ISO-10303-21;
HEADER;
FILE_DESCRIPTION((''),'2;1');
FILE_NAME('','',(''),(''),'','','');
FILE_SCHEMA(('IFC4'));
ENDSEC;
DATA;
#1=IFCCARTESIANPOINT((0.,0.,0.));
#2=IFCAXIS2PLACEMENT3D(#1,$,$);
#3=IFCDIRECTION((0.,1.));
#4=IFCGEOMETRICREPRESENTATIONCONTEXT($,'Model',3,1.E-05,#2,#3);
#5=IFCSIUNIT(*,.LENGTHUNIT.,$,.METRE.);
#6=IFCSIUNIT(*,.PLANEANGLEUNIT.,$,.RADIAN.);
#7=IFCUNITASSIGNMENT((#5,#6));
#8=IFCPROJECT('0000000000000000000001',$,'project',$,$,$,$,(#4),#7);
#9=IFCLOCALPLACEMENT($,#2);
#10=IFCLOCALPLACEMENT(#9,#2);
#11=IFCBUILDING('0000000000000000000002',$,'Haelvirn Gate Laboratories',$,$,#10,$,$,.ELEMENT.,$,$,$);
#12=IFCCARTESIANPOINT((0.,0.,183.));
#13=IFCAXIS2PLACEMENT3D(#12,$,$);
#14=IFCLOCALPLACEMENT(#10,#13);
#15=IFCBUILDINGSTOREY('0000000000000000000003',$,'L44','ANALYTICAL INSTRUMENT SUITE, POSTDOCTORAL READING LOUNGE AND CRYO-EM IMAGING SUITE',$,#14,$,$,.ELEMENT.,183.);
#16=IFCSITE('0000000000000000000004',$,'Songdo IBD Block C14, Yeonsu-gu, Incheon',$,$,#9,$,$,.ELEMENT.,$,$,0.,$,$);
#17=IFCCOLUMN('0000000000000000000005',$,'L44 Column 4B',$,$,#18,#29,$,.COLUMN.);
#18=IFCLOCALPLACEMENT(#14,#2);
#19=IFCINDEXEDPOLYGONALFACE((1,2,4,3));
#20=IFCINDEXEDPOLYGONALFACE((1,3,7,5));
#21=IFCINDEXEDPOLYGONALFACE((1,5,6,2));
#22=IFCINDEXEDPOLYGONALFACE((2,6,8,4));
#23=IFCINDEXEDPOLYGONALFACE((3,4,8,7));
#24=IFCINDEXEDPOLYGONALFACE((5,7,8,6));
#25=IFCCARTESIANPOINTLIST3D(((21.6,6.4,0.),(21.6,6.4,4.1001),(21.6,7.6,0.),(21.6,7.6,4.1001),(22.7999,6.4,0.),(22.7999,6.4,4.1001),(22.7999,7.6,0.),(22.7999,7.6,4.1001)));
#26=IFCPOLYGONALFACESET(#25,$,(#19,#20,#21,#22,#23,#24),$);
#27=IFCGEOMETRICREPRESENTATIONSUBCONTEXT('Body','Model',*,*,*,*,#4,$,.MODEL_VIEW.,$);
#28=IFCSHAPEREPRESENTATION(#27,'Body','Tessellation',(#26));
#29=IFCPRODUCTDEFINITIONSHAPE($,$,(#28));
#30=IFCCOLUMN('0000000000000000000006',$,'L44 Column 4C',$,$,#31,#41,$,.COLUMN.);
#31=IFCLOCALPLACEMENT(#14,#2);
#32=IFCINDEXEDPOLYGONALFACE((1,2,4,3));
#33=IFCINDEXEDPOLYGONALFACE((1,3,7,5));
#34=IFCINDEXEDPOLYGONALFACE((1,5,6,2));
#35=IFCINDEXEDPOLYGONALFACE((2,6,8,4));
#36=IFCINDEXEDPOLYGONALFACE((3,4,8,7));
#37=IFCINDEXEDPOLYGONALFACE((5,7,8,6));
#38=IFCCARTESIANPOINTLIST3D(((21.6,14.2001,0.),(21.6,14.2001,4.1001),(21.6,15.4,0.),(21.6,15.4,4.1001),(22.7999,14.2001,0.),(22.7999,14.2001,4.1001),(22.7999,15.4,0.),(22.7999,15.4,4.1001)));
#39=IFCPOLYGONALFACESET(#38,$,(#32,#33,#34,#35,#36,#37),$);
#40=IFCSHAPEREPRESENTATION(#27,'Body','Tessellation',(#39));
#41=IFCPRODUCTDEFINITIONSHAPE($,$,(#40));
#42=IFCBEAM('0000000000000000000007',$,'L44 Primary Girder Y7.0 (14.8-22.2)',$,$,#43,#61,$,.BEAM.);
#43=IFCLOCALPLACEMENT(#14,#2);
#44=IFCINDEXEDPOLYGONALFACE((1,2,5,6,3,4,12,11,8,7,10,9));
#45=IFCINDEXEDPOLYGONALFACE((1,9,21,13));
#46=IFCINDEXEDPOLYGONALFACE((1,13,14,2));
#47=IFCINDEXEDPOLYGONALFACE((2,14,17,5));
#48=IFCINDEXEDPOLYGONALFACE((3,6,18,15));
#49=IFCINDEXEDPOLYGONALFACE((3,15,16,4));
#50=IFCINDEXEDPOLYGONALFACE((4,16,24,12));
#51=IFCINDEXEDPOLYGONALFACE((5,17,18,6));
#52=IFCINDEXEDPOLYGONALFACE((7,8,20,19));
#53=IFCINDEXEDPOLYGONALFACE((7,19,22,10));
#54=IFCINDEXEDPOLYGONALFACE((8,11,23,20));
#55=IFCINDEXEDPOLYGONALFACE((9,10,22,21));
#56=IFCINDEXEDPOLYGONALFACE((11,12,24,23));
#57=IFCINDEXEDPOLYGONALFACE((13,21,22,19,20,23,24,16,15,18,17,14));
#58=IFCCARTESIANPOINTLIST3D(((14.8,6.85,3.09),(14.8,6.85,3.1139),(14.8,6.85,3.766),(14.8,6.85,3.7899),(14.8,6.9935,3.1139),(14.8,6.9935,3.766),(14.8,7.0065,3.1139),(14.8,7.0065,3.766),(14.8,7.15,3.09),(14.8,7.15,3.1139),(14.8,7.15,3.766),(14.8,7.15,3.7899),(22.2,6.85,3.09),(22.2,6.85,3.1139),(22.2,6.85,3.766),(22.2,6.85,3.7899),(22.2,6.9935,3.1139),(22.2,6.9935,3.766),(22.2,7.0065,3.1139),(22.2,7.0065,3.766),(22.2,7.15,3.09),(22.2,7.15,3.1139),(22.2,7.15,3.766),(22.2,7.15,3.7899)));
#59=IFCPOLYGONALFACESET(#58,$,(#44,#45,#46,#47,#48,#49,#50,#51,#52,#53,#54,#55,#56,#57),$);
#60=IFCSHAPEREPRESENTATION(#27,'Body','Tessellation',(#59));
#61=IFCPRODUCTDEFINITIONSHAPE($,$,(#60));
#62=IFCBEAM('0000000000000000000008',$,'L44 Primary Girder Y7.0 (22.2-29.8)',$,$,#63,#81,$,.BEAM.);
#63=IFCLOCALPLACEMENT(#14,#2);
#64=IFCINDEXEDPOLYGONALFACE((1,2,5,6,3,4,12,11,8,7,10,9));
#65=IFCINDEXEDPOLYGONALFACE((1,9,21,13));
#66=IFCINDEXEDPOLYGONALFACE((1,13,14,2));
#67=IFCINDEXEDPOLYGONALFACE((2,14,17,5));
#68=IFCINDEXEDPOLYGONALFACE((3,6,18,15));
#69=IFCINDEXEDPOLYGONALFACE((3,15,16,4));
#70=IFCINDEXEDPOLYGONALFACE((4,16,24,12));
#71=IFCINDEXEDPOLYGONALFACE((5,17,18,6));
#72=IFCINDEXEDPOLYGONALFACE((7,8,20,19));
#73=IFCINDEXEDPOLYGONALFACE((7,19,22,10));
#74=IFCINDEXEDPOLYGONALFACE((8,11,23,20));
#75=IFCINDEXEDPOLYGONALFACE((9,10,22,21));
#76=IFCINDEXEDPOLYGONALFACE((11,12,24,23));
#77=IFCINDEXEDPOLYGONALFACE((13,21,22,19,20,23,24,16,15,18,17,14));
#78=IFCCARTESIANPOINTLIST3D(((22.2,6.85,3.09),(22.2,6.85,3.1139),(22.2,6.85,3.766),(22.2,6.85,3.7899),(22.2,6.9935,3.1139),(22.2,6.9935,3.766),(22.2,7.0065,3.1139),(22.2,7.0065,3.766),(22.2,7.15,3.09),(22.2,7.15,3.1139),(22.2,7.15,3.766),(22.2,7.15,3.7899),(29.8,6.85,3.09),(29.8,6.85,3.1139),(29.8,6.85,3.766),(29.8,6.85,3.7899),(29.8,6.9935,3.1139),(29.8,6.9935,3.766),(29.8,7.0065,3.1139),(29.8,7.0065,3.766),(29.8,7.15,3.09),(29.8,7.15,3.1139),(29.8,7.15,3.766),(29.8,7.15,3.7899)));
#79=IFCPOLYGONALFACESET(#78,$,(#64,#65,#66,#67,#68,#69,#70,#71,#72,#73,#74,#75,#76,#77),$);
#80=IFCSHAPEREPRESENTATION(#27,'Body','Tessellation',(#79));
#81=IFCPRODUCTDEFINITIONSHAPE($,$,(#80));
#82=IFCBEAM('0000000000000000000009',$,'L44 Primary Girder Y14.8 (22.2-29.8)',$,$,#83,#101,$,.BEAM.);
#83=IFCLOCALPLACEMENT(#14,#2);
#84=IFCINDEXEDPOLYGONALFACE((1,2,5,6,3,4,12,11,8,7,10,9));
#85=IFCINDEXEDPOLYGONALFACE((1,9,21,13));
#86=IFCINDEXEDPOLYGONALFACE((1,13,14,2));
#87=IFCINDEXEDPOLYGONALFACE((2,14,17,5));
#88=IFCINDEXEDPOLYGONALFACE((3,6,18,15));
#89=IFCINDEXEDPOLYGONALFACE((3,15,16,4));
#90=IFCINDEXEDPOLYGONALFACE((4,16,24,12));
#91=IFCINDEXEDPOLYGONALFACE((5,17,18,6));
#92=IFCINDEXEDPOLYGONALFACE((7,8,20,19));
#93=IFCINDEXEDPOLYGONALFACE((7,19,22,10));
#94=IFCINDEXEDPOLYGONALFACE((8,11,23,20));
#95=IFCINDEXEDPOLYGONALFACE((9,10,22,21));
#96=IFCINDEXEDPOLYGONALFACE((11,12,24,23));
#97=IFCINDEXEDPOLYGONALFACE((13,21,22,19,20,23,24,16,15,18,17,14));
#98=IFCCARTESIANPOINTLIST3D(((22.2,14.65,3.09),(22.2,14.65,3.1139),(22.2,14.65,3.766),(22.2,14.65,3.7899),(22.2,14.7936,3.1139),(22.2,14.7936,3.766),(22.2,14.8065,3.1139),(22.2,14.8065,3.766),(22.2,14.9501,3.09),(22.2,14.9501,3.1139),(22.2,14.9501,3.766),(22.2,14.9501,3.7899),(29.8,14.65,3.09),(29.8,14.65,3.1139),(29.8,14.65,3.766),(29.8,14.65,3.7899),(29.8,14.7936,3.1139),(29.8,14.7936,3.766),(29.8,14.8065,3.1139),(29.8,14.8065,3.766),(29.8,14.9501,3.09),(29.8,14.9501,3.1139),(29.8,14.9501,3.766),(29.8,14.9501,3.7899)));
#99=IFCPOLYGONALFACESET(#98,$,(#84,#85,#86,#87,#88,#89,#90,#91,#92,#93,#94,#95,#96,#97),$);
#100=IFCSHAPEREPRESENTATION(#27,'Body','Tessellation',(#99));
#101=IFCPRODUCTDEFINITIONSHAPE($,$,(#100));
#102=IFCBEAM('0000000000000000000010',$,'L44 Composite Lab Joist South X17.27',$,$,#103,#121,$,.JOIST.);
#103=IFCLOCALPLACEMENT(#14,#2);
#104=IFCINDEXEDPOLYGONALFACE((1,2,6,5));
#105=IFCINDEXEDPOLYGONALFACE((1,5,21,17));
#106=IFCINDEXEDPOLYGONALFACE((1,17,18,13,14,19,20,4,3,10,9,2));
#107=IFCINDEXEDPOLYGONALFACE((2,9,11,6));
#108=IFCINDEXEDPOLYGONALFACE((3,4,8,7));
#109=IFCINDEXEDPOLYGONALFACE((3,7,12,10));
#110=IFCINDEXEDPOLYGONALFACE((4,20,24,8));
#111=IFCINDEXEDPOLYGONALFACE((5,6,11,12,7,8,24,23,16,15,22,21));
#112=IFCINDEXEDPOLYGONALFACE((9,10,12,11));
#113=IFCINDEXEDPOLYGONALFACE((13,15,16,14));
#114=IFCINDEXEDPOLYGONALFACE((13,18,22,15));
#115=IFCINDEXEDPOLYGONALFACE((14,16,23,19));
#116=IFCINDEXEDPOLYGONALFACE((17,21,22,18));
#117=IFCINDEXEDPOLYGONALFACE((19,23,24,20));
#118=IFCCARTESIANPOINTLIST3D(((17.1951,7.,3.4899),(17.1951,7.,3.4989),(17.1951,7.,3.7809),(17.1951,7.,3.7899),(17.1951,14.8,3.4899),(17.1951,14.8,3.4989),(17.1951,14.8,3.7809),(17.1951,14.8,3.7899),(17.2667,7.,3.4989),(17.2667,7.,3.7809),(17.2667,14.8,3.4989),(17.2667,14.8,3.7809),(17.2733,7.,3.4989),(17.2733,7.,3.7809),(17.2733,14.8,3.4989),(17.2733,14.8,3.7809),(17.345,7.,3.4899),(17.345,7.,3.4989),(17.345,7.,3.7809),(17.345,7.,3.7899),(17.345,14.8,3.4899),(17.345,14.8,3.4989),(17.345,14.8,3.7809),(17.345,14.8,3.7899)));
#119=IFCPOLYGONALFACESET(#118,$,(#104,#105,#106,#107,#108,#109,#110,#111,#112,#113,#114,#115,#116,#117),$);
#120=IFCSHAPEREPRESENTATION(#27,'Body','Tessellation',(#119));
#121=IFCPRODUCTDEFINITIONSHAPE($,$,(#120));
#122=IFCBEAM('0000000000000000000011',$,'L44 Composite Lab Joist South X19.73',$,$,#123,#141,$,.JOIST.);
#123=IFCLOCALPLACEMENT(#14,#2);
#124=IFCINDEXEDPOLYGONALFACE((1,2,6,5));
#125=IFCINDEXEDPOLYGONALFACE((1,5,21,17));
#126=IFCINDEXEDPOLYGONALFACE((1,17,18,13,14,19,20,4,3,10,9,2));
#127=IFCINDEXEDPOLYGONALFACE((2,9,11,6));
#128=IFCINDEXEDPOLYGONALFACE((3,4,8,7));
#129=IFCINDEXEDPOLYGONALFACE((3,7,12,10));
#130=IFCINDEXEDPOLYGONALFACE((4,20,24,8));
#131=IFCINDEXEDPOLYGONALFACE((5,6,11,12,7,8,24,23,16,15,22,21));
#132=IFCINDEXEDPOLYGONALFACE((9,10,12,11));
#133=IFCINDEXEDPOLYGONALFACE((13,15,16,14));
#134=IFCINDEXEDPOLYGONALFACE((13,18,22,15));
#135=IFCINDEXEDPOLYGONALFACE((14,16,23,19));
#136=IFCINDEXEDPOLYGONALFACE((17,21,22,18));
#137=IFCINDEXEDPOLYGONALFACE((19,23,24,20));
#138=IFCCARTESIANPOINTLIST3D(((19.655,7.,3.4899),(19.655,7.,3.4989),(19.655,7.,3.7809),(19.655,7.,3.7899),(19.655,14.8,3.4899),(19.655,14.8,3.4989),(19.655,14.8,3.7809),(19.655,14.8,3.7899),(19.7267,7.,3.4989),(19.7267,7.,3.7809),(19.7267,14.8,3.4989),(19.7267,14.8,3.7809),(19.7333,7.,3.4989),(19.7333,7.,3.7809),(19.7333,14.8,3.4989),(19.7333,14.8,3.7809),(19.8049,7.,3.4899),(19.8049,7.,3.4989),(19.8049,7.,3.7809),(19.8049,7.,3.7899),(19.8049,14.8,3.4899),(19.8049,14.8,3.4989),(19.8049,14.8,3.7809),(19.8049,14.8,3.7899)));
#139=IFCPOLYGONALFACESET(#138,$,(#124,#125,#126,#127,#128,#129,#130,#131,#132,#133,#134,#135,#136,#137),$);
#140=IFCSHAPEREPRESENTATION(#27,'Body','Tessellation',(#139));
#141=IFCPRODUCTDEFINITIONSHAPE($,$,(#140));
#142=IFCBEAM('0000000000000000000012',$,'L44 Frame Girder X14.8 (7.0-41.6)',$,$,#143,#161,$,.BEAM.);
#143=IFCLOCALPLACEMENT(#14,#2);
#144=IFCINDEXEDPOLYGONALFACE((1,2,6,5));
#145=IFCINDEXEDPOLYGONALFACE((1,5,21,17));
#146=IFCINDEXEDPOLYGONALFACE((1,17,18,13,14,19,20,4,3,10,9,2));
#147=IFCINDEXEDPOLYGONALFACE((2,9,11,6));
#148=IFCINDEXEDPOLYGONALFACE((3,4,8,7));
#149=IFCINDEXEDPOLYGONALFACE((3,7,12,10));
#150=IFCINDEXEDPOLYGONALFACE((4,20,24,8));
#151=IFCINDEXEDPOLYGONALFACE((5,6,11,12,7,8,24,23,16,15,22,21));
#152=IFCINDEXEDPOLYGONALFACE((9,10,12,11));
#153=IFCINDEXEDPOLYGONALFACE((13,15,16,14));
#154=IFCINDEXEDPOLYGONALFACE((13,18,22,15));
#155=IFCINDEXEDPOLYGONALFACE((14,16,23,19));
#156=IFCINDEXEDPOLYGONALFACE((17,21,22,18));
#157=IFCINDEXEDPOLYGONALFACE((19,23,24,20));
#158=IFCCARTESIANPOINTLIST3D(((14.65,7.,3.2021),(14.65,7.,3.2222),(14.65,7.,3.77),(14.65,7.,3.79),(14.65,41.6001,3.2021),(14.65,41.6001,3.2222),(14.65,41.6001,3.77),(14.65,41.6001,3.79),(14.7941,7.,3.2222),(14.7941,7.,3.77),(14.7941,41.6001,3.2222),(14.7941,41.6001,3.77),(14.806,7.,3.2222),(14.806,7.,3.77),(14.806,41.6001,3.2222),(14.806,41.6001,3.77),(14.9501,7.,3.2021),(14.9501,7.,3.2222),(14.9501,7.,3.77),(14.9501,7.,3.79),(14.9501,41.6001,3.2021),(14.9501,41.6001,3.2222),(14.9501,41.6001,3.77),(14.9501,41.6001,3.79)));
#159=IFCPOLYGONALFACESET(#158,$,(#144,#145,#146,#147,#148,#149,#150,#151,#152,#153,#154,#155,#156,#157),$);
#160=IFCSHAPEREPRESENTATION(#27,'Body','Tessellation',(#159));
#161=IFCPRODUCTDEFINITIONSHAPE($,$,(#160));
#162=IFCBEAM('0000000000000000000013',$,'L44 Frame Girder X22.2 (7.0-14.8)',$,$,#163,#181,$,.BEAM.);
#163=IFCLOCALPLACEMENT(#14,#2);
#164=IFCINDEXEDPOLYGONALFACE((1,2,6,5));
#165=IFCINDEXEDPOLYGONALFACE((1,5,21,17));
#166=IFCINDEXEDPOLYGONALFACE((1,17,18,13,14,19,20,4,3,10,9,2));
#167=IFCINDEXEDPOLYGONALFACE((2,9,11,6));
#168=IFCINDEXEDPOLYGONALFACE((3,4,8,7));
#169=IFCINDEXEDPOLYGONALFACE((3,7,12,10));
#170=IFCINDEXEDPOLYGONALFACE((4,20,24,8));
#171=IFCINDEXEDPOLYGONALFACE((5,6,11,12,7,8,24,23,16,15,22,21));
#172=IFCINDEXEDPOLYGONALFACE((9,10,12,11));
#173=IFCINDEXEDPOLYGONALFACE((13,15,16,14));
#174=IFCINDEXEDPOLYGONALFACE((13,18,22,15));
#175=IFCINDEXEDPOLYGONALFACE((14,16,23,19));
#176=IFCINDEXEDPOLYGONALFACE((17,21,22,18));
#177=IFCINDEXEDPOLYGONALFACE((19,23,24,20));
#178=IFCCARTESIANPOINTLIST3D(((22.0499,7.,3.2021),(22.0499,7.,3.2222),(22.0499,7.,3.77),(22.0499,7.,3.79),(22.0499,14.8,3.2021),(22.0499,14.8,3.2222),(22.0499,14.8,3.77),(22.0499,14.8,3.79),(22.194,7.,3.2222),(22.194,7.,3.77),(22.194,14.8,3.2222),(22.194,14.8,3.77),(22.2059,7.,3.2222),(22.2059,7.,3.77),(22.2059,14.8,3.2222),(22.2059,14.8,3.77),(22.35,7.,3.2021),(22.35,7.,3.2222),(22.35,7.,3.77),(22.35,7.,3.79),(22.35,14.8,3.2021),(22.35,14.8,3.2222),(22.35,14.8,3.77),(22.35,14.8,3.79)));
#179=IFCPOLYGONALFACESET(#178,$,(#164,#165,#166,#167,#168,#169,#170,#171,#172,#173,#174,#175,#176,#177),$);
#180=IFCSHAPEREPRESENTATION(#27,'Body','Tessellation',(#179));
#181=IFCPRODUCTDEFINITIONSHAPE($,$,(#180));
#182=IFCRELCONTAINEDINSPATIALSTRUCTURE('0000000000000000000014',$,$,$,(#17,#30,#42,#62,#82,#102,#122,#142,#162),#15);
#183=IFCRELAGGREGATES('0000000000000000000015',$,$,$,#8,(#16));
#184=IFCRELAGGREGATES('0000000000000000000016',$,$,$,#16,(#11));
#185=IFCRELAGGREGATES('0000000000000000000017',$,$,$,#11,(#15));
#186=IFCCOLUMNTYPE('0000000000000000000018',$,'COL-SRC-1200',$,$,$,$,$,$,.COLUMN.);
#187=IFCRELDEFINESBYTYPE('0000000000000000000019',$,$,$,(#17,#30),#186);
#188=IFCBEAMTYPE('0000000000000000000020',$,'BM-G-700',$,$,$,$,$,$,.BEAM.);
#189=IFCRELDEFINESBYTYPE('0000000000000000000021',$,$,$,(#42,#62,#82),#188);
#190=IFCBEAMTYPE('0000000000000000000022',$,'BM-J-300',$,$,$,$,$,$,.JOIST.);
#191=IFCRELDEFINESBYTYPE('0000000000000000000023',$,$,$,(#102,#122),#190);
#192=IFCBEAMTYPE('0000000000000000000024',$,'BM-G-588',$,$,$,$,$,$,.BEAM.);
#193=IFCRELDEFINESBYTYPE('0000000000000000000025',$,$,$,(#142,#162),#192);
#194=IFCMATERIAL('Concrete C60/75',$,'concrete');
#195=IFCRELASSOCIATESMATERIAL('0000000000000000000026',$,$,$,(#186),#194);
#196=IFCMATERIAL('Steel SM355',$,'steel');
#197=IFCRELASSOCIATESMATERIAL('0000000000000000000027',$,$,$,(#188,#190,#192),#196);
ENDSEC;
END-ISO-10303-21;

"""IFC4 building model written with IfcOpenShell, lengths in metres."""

from ifc_helpers import new_model, si_unit, direction, frame, origin, origin_2d, place, context, subcontext, project, spatial, rectangle, i_section, extrude, source, transform, mapped, material, material_profile, profile_set, type_object, type_shapes, element, save


model = new_model("IFC4")

# Units and contexts
model_context = context("Model", 3, precision=1e-05, world=origin(), true_north=direction((0.0, 1.0)))
body_context = subcontext(model_context, "Body", "Model", "MODEL_VIEW")
ifc_project = project(units=[si_unit("LENGTHUNIT", "METRE"), si_unit("PLANEANGLEUNIT", "RADIAN")], contexts=[model_context])

# Site, building, storey
site_placement = place(None, origin())
site = spatial("IfcSite", under=ifc_project, at=site_placement, Name="Songdo IBD Block C14, Yeonsu-gu, Incheon", CompositionType="ELEMENT", RefElevation=0.0)
building_placement = place(site_placement, origin())
building = spatial("IfcBuilding", under=site, at=building_placement, Name="Haelvirn Gate Laboratories", CompositionType="ELEMENT")
storey_placement = place(building_placement, frame((0.0, 0.0, 183.0)))
storey = spatial("IfcBuildingStorey", under=building, at=storey_placement, Name="L44", Description="ANALYTICAL INSTRUMENT SUITE, POSTDOCTORAL READING LOUNGE AND CRYO-EM IMAGING SUITE", CompositionType="ELEMENT", Elevation=183.0)

# Columns
ifc_material_1 = material(Name="Concrete C60/75", Category="concrete")
ifc_material_profile_1 = material_profile(ifc_material_1, rectangle(XDim=1.2, YDim=1.2, at=origin_2d()), Name="SRC-1200x1200")
ifc_profile_set_1 = profile_set([ifc_material_profile_1], Name="Concrete C60/75")
column_type = type_object("IfcColumnType", Name="COL-SRC-1200", PredefinedType="COLUMN", material=ifc_profile_set_1)
shared_shape_1 = source(origin(), body_context, "Body", "SweptSolid", [
    extrude(rectangle(XDim=1.2, YDim=1.2, at=origin_2d()), origin(), (0.0, 0.0, 1.0), 4.1001),
])
type_shapes(column_type, [shared_shape_1])
for number, where, z_axis, x_axis, name in (
    (1, (22.2, 7.0, 0.0), (0.0, 0.0, 1.0), (1.0, 0.0, 0.0), "L44 Column 4B"),
    (2, (22.2, 14.8, 0.0), (0.0, 0.0, 1.0), (1.0, 0.0, 0.0), "L44 Column 4C"),
):
    element("IfcColumn", number, at=place(storey_placement, frame(where, z_axis=z_axis, x_axis=x_axis)), inside=storey, type_object=column_type, Name=name, PredefinedType="COLUMN", context=body_context, shape_type="MappedRepresentation", body=[
        mapped(shared_shape_1, transform((0.0, 0.0, 0.0), scale=1.0)),
    ])

# Beams
ifc_material_2 = material(Name="Steel SM355", Category="steel")
ifc_material_profile_2 = material_profile(ifc_material_2, i_section(OverallWidth=0.3, OverallDepth=0.7, WebThickness=0.0129, FlangeThickness=0.0239, at=origin_2d()), Name="H-700x300x13x24")
ifc_profile_set_2 = profile_set([ifc_material_profile_2], Name="Steel SM355")
beam_type_1 = type_object("IfcBeamType", Name="BM-G-700", PredefinedType="BEAM", material=ifc_profile_set_2)
shared_shape_2 = source(origin(), body_context, "Body", "SweptSolid", [
    extrude(i_section(OverallWidth=0.3, OverallDepth=0.7, WebThickness=0.0129, FlangeThickness=0.0239, at=origin_2d()), origin(), (0.0, 0.0, 1.0), 7.3999),
])
beam_1_placement = place(storey_placement, frame((14.8, 7.0, 3.4399), z_axis=(1.0, 0.0, 0.0), x_axis=(0.0, 1.0, 0.0)))
element("IfcBeam", 3, at=beam_1_placement, inside=storey, type_object=beam_type_1, Name="L44 Primary Girder Y7.0 (14.8-22.2)", PredefinedType="BEAM", context=body_context, shape_type="MappedRepresentation", body=[
    mapped(shared_shape_2, transform((0.0, 0.0, 0.0), scale=1.0)),
])
shared_shape_3 = source(origin(), body_context, "Body", "SweptSolid", [
    extrude(i_section(OverallWidth=0.3, OverallDepth=0.7, WebThickness=0.0129, FlangeThickness=0.0239, at=origin_2d()), origin(), (0.0, 0.0, 1.0), 7.6001),
])
type_shapes(beam_type_1, [shared_shape_2, shared_shape_3])
for number, where, z_axis, x_axis, name in (
    (4, (22.2, 7.0, 3.4399), (1.0, 0.0, 0.0), (0.0, 1.0, 0.0), "L44 Primary Girder Y7.0 (22.2-29.8)"),
    (5, (22.2, 14.8, 3.4399), (1.0, 0.0, 0.0), (0.0, 1.0, 0.0), "L44 Primary Girder Y14.8 (22.2-29.8)"),
):
    element("IfcBeam", number, at=place(storey_placement, frame(where, z_axis=z_axis, x_axis=x_axis)), inside=storey, type_object=beam_type_1, Name=name, PredefinedType="BEAM", context=body_context, shape_type="MappedRepresentation", body=[
        mapped(shared_shape_3, transform((0.0, 0.0, 0.0), scale=1.0)),
    ])
ifc_material_profile_3 = material_profile(ifc_material_2, i_section(OverallWidth=0.1499, OverallDepth=0.3, WebThickness=0.0066, FlangeThickness=0.009, at=origin_2d()), Name="H-300x150x6.5x9")
ifc_profile_set_3 = profile_set([ifc_material_profile_3], Name="Steel SM355")
beam_type_2 = type_object("IfcBeamType", Name="BM-J-300", PredefinedType="JOIST", material=ifc_profile_set_3)
shared_shape_4 = source(origin(), body_context, "Body", "SweptSolid", [
    extrude(i_section(OverallWidth=0.1499, OverallDepth=0.3, WebThickness=0.0066, FlangeThickness=0.009, at=origin_2d()), origin(), (0.0, 0.0, 1.0), 7.8),
])
type_shapes(beam_type_2, [shared_shape_4])
for number, where, z_axis, x_axis, name in (
    (6, (17.27, 7.0, 3.6399), (0.0, 1.0, 0.0), (-1.0, 0.0, 0.0), "L44 Composite Lab Joist South X17.27"),
    (7, (19.73, 7.0, 3.6399), (0.0, 1.0, 0.0), (-1.0, 0.0, 0.0), "L44 Composite Lab Joist South X19.73"),
):
    element("IfcBeam", number, at=place(storey_placement, frame(where, z_axis=z_axis, x_axis=x_axis)), inside=storey, type_object=beam_type_2, Name=name, PredefinedType="JOIST", context=body_context, shape_type="MappedRepresentation", body=[
        mapped(shared_shape_4, transform((0.0, 0.0, 0.0), scale=1.0)),
    ])
ifc_material_profile_4 = material_profile(ifc_material_2, i_section(OverallWidth=0.3, OverallDepth=0.5879, WebThickness=0.012, FlangeThickness=0.02, at=origin_2d()), Name="H-588x300x12x20")
ifc_profile_set_4 = profile_set([ifc_material_profile_4], Name="Steel SM355")
beam_type_3 = type_object("IfcBeamType", Name="BM-G-588", PredefinedType="BEAM", material=ifc_profile_set_4)
shared_shape_5 = source(origin(), body_context, "Body", "SweptSolid", [
    extrude(i_section(OverallWidth=0.3, OverallDepth=0.5879, WebThickness=0.012, FlangeThickness=0.02, at=origin_2d()), origin(), (0.0, 0.0, 1.0), 34.6001),
])
beam_2_placement = place(storey_placement, frame((14.8, 7.0, 3.4961), z_axis=(0.0, 1.0, 0.0), x_axis=(-1.0, 0.0, 0.0)))
element("IfcBeam", 8, at=beam_2_placement, inside=storey, type_object=beam_type_3, Name="L44 Frame Girder X14.8 (7.0-41.6)", PredefinedType="BEAM", context=body_context, shape_type="MappedRepresentation", body=[
    mapped(shared_shape_5, transform((0.0, 0.0, 0.0), scale=1.0)),
])
shared_shape_6 = source(origin(), body_context, "Body", "SweptSolid", [
    extrude(i_section(OverallWidth=0.3, OverallDepth=0.5879, WebThickness=0.012, FlangeThickness=0.02, at=origin_2d()), origin(), (0.0, 0.0, 1.0), 7.8),
])
type_shapes(beam_type_3, [shared_shape_5, shared_shape_6])
beam_3_placement = place(storey_placement, frame((22.2, 7.0, 3.4961), z_axis=(0.0, 1.0, 0.0), x_axis=(-1.0, 0.0, 0.0)))
element("IfcBeam", 9, at=beam_3_placement, inside=storey, type_object=beam_type_3, Name="L44 Frame Girder X22.2 (7.0-14.8)", PredefinedType="BEAM", context=body_context, shape_type="MappedRepresentation", body=[
    mapped(shared_shape_6, transform((0.0, 0.0, 0.0), scale=1.0)),
])

save(model, "model.ifc")
